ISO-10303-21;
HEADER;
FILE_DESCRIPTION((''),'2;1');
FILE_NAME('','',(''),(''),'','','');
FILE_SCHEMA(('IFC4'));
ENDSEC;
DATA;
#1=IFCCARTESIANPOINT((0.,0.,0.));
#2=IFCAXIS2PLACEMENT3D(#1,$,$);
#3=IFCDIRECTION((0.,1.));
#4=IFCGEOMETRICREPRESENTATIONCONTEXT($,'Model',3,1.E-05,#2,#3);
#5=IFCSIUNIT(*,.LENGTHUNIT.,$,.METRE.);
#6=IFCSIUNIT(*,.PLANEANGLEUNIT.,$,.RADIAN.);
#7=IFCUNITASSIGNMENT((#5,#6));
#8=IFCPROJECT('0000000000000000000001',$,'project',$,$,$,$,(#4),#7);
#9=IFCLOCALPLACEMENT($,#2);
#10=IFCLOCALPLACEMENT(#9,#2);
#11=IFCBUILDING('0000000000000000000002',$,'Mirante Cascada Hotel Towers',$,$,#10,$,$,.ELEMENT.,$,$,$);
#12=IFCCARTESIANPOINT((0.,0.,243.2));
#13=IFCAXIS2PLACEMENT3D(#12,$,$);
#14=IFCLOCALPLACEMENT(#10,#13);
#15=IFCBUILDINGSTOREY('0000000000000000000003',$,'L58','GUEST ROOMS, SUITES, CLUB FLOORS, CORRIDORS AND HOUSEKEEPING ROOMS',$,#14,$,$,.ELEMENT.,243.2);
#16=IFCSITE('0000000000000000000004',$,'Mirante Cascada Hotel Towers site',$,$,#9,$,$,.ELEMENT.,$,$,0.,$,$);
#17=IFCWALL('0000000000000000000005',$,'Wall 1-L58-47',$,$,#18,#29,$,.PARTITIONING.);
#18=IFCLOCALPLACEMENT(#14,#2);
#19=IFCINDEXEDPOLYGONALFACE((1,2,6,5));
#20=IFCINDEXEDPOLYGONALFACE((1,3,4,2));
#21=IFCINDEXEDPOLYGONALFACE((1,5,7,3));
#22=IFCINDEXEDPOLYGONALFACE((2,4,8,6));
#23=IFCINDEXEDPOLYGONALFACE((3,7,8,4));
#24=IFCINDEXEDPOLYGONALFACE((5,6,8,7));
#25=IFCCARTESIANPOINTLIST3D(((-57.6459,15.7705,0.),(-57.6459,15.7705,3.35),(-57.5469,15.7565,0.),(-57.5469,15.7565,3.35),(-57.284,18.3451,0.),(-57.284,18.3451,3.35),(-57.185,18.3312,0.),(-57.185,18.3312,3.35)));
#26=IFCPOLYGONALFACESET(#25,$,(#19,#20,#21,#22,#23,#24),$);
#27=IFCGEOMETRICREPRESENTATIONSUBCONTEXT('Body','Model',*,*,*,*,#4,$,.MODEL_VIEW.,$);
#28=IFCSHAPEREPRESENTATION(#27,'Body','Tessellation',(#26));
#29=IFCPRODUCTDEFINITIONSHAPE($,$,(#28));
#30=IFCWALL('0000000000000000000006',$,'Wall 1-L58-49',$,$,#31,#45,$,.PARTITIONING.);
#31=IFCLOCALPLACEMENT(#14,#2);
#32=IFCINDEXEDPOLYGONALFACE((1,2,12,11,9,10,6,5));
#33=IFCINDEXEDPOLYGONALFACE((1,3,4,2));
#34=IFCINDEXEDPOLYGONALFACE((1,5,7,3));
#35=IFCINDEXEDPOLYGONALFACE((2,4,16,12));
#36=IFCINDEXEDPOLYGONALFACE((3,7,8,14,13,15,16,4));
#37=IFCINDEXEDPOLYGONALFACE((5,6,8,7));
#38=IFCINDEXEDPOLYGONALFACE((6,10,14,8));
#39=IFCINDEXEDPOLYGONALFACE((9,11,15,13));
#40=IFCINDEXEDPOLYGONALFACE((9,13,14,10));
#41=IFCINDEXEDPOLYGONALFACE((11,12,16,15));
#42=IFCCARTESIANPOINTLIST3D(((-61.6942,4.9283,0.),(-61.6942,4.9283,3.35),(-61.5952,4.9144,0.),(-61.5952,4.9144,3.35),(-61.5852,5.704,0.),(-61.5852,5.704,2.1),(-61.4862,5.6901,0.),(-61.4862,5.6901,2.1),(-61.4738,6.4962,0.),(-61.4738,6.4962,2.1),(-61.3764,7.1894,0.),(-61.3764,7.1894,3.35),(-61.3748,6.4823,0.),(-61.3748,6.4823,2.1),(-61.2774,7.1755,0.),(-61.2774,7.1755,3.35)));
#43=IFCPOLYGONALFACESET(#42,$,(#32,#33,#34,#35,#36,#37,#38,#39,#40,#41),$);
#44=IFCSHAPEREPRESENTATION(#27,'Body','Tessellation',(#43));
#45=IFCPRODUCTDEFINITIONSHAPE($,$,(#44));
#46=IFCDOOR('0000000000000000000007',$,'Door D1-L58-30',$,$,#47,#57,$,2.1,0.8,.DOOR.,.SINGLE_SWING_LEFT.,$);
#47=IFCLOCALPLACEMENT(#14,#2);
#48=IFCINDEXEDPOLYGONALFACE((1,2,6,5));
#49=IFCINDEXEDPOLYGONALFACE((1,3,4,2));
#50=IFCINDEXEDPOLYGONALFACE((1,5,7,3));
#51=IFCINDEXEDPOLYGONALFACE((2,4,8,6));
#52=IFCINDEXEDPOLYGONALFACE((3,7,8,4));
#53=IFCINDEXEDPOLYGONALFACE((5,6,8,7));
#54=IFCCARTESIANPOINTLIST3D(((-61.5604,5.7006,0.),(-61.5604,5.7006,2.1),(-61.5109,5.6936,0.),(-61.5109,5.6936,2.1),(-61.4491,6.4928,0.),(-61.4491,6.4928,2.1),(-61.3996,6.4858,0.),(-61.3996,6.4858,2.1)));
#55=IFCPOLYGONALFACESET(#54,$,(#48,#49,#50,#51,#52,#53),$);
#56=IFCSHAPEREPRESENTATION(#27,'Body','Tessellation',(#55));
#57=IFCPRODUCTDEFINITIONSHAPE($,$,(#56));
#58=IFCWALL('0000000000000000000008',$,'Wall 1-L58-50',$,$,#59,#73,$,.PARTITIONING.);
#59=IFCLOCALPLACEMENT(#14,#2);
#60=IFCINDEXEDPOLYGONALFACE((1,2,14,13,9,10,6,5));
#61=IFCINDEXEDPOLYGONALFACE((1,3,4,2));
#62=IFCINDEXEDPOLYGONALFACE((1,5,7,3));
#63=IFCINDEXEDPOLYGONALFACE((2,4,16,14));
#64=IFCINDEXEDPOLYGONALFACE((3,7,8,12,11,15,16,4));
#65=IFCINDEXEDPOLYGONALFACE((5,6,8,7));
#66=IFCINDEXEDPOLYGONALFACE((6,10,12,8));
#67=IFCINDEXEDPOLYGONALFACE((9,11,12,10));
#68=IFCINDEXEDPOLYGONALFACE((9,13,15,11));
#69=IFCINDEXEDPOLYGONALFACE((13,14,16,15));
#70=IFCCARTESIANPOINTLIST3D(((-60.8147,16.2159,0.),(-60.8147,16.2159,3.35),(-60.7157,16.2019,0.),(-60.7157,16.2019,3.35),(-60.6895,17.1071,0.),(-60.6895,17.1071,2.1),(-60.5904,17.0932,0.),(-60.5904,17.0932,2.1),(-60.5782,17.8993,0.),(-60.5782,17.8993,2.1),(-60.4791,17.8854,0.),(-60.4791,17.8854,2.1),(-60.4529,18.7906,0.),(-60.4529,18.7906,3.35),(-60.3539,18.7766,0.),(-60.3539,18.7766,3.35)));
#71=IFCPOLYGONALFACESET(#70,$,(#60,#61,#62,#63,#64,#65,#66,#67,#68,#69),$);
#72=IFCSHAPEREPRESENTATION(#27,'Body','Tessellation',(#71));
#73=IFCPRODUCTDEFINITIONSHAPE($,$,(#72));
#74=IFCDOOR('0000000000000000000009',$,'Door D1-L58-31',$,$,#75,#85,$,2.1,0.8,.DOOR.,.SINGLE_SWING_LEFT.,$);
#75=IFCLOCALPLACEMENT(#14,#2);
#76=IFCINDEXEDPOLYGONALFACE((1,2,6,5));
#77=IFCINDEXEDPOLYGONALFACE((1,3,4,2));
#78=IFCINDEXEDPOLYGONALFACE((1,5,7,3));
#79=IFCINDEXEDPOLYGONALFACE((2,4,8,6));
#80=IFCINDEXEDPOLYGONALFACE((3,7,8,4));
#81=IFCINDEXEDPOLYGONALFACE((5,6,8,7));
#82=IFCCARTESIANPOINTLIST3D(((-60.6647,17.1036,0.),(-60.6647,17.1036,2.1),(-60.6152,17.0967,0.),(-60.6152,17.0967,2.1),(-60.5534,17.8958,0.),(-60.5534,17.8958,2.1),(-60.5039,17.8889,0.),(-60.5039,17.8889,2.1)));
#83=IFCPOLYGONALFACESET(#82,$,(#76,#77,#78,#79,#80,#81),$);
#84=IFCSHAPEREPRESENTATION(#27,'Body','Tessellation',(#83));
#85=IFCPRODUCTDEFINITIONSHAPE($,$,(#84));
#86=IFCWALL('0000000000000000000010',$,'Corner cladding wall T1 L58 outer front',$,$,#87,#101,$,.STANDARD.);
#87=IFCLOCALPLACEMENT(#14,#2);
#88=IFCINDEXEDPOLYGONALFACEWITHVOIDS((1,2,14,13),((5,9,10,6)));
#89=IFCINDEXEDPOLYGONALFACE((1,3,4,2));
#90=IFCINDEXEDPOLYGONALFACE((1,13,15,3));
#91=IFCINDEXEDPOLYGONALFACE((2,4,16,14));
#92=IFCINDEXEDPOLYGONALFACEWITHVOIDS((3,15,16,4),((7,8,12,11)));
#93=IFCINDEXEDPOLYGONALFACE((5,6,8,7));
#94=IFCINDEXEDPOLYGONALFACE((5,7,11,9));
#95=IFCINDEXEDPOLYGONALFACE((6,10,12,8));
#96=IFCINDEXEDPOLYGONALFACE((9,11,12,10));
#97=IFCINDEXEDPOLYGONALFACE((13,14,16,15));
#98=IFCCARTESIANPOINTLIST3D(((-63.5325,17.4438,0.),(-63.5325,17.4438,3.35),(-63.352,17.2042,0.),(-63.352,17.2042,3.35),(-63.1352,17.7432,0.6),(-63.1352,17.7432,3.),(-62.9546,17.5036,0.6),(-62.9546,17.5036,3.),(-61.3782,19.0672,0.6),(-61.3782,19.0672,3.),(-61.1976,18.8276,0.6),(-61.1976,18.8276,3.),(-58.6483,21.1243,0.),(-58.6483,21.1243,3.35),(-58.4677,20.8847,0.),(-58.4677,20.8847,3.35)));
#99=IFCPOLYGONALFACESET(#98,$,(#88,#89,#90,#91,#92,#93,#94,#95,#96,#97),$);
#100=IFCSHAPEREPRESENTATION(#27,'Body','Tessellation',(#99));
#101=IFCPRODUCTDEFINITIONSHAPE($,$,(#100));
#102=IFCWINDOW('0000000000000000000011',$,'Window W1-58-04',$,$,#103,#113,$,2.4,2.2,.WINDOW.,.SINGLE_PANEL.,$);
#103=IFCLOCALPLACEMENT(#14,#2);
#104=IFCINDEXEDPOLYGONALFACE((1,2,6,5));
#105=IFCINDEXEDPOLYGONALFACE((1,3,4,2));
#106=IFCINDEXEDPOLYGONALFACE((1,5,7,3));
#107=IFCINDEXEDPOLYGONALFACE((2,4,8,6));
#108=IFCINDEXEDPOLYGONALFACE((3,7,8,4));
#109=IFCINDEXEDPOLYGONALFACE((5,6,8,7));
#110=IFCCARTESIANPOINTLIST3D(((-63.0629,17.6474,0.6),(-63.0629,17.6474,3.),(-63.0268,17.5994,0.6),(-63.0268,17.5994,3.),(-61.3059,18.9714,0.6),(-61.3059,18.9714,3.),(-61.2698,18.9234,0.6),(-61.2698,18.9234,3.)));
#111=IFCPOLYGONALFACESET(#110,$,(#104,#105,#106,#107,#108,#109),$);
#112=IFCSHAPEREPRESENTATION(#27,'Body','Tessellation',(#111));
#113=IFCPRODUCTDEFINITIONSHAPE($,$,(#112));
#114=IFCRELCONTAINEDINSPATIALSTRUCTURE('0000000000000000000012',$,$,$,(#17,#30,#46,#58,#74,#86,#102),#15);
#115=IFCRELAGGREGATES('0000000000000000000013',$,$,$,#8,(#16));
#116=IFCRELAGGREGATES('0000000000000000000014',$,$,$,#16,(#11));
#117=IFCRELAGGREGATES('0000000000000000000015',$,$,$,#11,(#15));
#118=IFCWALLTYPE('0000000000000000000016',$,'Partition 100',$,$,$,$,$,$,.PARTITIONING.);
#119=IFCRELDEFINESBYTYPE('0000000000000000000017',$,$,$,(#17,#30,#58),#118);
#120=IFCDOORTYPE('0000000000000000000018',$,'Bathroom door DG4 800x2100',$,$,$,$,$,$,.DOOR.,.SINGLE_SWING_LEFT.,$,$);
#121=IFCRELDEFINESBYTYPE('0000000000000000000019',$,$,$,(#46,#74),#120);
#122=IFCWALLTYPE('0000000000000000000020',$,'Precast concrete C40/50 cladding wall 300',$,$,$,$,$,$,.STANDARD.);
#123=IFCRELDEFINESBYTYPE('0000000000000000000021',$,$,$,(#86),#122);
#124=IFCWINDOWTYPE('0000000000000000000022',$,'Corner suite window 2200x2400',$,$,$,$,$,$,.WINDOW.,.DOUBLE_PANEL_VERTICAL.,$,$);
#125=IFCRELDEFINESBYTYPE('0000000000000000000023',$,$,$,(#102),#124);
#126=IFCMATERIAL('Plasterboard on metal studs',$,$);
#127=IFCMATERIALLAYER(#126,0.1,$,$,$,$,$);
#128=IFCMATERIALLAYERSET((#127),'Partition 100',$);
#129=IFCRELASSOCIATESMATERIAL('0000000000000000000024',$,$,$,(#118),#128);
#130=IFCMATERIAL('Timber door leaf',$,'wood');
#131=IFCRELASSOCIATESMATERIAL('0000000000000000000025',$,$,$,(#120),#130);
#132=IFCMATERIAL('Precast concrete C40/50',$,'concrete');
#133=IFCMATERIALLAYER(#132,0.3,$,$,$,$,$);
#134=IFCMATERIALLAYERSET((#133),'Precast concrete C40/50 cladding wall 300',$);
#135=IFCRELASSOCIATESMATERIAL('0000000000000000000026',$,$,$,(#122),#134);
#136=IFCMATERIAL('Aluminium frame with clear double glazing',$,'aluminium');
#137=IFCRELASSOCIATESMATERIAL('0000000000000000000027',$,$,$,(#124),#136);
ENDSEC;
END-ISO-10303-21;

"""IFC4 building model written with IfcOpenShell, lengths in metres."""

from ifc_helpers import new_model, si_unit, direction, frame, frame_2d, origin, place, context, subcontext, project, spatial, rectangle, extrude, material, layer, layer_set, type_object, element, fill, save


model = new_model("IFC4")

# Units and contexts
model_context = context("Model", 3, precision=1e-05, world=origin(), true_north=direction((0.0, 1.0)))
body_context = subcontext(model_context, "Body", "Model", "MODEL_VIEW")
ifc_project = project(units=[si_unit("LENGTHUNIT", "METRE"), si_unit("PLANEANGLEUNIT", "RADIAN")], contexts=[model_context])

# Site, building, storey
site_placement = place(None, origin())
site = spatial("IfcSite", under=ifc_project, at=site_placement, Name="Mirante Cascada Hotel Towers site", CompositionType="ELEMENT", RefElevation=0.0)
building_placement = place(site_placement, origin())
building = spatial("IfcBuilding", under=site, at=building_placement, Name="Mirante Cascada Hotel Towers", CompositionType="ELEMENT")
storey_placement = place(building_placement, frame((0.0, 0.0, 243.2)))
storey = spatial("IfcBuildingStorey", under=building, at=storey_placement, Name="L58", Description="GUEST ROOMS, SUITES, CLUB FLOORS, CORRIDORS AND HOUSEKEEPING ROOMS", CompositionType="ELEMENT", Elevation=243.2)

# Wall
ifc_material_1 = material(Name="Plasterboard on metal studs")
ifc_layer_1 = layer(ifc_material_1, 0.1)
ifc_layer_set_1 = layer_set([ifc_layer_1], Name="Partition 100")
wall_type_1 = type_object("IfcWallType", Name="Partition 100", PredefinedType="PARTITIONING", material=ifc_layer_set_1)
wall_1_placement = place(storey_placement, frame((-57.5964, 15.7635, 0.0), z_axis=(0.0, 0.0, 1.0), x_axis=(0.139192, 0.990265, 0.0)))
element("IfcWall", 1, at=wall_1_placement, inside=storey, type_object=wall_type_1, Name="Wall 1-L58-47", PredefinedType="PARTITIONING", context=body_context, shape_type="SweptSolid", body=[
    extrude(rectangle(XDim=2.6, YDim=0.1, at=frame_2d((1.3, 0.0))), origin(), (0.0, 0.0, 1.0), 3.35),
])

# Walls, openings, doors
wall_2_placement = place(storey_placement, frame((-61.6447, 4.9214, 0.0), z_axis=(0.0, 0.0, 1.0), x_axis=(0.139183, 0.990267, 0.0)))
wall_2 = element("IfcWall", 2, at=wall_2_placement, inside=storey, type_object=wall_type_1, Name="Wall 1-L58-49", PredefinedType="PARTITIONING", context=body_context, shape_type="SweptSolid", body=[
    extrude(rectangle(XDim=2.2833, YDim=0.1, at=frame_2d((1.1416, 0.0))), origin(), (0.0, 0.0, 1.0), 3.35),
])
opening_1_placement = place(wall_2_placement, frame((0.7833, 0.0, 0.0)))
opening_1 = element("IfcOpeningElement", 3, at=opening_1_placement, cuts=wall_2, PredefinedType="OPENING", context=body_context, shape_type="SweptSolid", body=[
    extrude(rectangle(XDim=0.8, YDim=2.1, at=frame_2d((0.4, 1.05))), frame((0.0, 0.05, 0.0), z_axis=(0.0, -1.0, 0.0), x_axis=(1.0, 0.0, 0.0)), (0.0, 0.0, 1.0), 0.1),
])
ifc_material_2 = material(Name="Timber door leaf", Category="wood")
door_type_1 = type_object("IfcDoorType", Name="Bathroom door DG4 800x2100", OperationType="SINGLE_SWING_LEFT", PredefinedType="DOOR", material=ifc_material_2)
door_1_placement = place(opening_1_placement, origin())
door_1 = element("IfcDoor", 4, at=door_1_placement, inside=storey, type_object=door_type_1, Name="Door D1-L58-30", OperationType="SINGLE_SWING_LEFT", OverallHeight=2.1, OverallWidth=0.8, PredefinedType="DOOR", context=body_context, shape_type="SweptSolid", body=[
    extrude(rectangle(XDim=0.8, YDim=2.1, at=frame_2d((0.4, 1.05))), frame((0.0, 0.025, 0.0), z_axis=(0.0, -1.0, 0.0), x_axis=(1.0, 0.0, 0.0)), (0.0, 0.0, 1.0), 0.05),
])
fill(opening_1, door_1)
wall_3_placement = place(storey_placement, frame((-60.4034, 18.7836, 0.0), z_axis=(0.0, 0.0, 1.0), x_axis=(-0.139154, -0.990271, 0.0)))
wall_3 = element("IfcWall", 5, at=wall_3_placement, inside=storey, type_object=wall_type_1, Name="Wall 1-L58-50", PredefinedType="PARTITIONING", context=body_context, shape_type="SweptSolid", body=[
    extrude(rectangle(XDim=2.6, YDim=0.1, at=frame_2d((1.3, 0.0))), origin(), (0.0, 0.0, 1.0), 3.35),
])
opening_2_placement = place(wall_3_placement, frame((0.9, 0.0, 0.0)))
opening_2 = element("IfcOpeningElement", 6, at=opening_2_placement, cuts=wall_3, PredefinedType="OPENING", context=body_context, shape_type="SweptSolid", body=[
    extrude(rectangle(XDim=0.8, YDim=2.1, at=frame_2d((0.4, 1.05))), frame((0.0, 0.05, 0.0), z_axis=(0.0, -1.0, 0.0), x_axis=(1.0, 0.0, 0.0)), (0.0, 0.0, 1.0), 0.1),
])
door_2_placement = place(opening_2_placement, origin())
door_2 = element("IfcDoor", 7, at=door_2_placement, inside=storey, type_object=door_type_1, Name="Door D1-L58-31", OperationType="SINGLE_SWING_LEFT", OverallHeight=2.1, OverallWidth=0.8, PredefinedType="DOOR", context=body_context, shape_type="SweptSolid", body=[
    extrude(rectangle(XDim=0.8, YDim=2.1, at=frame_2d((0.4, 1.05))), frame((0.0, 0.025, 0.0), z_axis=(0.0, -1.0, 0.0), x_axis=(1.0, 0.0, 0.0)), (0.0, 0.0, 1.0), 0.05),
])
fill(opening_2, door_2)

# Wall, opening, window
ifc_material_3 = material(Name="Precast concrete C40/50", Category="concrete")
ifc_layer_2 = layer(ifc_material_3, 0.3)
ifc_layer_set_2 = layer_set([ifc_layer_2], Name="Precast concrete C40/50 cladding wall 300")
wall_type_2 = type_object("IfcWallType", Name="Precast concrete C40/50 cladding wall 300", PredefinedType="STANDARD", material=ifc_layer_set_2)
wall_4_placement = place(storey_placement, frame((-63.4422, 17.324, 0.0), z_axis=(0.0, 0.0, 1.0), x_axis=(0.798636, 0.601814, 0.0)))
wall_4 = element("IfcWall", 8, at=wall_4_placement, inside=storey, type_object=wall_type_2, Name="Corner cladding wall T1 L58 outer front", PredefinedType="STANDARD", context=body_context, shape_type="SweptSolid", body=[
    extrude(rectangle(XDim=6.1157, YDim=0.3, at=frame_2d((3.0578, 0.0))), origin(), (0.0, 0.0, 1.0), 3.35),
])
opening_3_placement = place(wall_4_placement, frame((0.4975, 0.0, 0.6)))
opening_3 = element("IfcOpeningElement", 9, at=opening_3_placement, cuts=wall_4, PredefinedType="OPENING", context=body_context, shape_type="SweptSolid", body=[
    extrude(rectangle(XDim=2.2, YDim=2.4, at=frame_2d((1.1, 1.2))), frame((0.0, 0.15, 0.0), z_axis=(0.0, -1.0, 0.0), x_axis=(1.0, 0.0, 0.0)), (0.0, 0.0, 1.0), 0.3),
])
ifc_material_4 = material(Name="Aluminium frame with clear double glazing", Category="aluminium")
window_type = type_object("IfcWindowType", Name="Corner suite window 2200x2400", PartitioningType="DOUBLE_PANEL_VERTICAL", PredefinedType="WINDOW", material=ifc_material_4)
window_placement = place(opening_3_placement, origin())
window = element("IfcWindow", 10, at=window_placement, inside=storey, type_object=window_type, Name="Window W1-58-04", OverallHeight=2.4, OverallWidth=2.2, PartitioningType="SINGLE_PANEL", PredefinedType="WINDOW", context=body_context, shape_type="SweptSolid", body=[
    extrude(rectangle(XDim=2.2, YDim=2.4, at=frame_2d((1.1, 1.2))), frame((0.0, 0.03, 0.0), z_axis=(0.0, -1.0, 0.0), x_axis=(1.0, 0.0, 0.0)), (0.0, 0.0, 1.0), 0.06),
])
fill(opening_3, window)

save(model, "model.ifc")
